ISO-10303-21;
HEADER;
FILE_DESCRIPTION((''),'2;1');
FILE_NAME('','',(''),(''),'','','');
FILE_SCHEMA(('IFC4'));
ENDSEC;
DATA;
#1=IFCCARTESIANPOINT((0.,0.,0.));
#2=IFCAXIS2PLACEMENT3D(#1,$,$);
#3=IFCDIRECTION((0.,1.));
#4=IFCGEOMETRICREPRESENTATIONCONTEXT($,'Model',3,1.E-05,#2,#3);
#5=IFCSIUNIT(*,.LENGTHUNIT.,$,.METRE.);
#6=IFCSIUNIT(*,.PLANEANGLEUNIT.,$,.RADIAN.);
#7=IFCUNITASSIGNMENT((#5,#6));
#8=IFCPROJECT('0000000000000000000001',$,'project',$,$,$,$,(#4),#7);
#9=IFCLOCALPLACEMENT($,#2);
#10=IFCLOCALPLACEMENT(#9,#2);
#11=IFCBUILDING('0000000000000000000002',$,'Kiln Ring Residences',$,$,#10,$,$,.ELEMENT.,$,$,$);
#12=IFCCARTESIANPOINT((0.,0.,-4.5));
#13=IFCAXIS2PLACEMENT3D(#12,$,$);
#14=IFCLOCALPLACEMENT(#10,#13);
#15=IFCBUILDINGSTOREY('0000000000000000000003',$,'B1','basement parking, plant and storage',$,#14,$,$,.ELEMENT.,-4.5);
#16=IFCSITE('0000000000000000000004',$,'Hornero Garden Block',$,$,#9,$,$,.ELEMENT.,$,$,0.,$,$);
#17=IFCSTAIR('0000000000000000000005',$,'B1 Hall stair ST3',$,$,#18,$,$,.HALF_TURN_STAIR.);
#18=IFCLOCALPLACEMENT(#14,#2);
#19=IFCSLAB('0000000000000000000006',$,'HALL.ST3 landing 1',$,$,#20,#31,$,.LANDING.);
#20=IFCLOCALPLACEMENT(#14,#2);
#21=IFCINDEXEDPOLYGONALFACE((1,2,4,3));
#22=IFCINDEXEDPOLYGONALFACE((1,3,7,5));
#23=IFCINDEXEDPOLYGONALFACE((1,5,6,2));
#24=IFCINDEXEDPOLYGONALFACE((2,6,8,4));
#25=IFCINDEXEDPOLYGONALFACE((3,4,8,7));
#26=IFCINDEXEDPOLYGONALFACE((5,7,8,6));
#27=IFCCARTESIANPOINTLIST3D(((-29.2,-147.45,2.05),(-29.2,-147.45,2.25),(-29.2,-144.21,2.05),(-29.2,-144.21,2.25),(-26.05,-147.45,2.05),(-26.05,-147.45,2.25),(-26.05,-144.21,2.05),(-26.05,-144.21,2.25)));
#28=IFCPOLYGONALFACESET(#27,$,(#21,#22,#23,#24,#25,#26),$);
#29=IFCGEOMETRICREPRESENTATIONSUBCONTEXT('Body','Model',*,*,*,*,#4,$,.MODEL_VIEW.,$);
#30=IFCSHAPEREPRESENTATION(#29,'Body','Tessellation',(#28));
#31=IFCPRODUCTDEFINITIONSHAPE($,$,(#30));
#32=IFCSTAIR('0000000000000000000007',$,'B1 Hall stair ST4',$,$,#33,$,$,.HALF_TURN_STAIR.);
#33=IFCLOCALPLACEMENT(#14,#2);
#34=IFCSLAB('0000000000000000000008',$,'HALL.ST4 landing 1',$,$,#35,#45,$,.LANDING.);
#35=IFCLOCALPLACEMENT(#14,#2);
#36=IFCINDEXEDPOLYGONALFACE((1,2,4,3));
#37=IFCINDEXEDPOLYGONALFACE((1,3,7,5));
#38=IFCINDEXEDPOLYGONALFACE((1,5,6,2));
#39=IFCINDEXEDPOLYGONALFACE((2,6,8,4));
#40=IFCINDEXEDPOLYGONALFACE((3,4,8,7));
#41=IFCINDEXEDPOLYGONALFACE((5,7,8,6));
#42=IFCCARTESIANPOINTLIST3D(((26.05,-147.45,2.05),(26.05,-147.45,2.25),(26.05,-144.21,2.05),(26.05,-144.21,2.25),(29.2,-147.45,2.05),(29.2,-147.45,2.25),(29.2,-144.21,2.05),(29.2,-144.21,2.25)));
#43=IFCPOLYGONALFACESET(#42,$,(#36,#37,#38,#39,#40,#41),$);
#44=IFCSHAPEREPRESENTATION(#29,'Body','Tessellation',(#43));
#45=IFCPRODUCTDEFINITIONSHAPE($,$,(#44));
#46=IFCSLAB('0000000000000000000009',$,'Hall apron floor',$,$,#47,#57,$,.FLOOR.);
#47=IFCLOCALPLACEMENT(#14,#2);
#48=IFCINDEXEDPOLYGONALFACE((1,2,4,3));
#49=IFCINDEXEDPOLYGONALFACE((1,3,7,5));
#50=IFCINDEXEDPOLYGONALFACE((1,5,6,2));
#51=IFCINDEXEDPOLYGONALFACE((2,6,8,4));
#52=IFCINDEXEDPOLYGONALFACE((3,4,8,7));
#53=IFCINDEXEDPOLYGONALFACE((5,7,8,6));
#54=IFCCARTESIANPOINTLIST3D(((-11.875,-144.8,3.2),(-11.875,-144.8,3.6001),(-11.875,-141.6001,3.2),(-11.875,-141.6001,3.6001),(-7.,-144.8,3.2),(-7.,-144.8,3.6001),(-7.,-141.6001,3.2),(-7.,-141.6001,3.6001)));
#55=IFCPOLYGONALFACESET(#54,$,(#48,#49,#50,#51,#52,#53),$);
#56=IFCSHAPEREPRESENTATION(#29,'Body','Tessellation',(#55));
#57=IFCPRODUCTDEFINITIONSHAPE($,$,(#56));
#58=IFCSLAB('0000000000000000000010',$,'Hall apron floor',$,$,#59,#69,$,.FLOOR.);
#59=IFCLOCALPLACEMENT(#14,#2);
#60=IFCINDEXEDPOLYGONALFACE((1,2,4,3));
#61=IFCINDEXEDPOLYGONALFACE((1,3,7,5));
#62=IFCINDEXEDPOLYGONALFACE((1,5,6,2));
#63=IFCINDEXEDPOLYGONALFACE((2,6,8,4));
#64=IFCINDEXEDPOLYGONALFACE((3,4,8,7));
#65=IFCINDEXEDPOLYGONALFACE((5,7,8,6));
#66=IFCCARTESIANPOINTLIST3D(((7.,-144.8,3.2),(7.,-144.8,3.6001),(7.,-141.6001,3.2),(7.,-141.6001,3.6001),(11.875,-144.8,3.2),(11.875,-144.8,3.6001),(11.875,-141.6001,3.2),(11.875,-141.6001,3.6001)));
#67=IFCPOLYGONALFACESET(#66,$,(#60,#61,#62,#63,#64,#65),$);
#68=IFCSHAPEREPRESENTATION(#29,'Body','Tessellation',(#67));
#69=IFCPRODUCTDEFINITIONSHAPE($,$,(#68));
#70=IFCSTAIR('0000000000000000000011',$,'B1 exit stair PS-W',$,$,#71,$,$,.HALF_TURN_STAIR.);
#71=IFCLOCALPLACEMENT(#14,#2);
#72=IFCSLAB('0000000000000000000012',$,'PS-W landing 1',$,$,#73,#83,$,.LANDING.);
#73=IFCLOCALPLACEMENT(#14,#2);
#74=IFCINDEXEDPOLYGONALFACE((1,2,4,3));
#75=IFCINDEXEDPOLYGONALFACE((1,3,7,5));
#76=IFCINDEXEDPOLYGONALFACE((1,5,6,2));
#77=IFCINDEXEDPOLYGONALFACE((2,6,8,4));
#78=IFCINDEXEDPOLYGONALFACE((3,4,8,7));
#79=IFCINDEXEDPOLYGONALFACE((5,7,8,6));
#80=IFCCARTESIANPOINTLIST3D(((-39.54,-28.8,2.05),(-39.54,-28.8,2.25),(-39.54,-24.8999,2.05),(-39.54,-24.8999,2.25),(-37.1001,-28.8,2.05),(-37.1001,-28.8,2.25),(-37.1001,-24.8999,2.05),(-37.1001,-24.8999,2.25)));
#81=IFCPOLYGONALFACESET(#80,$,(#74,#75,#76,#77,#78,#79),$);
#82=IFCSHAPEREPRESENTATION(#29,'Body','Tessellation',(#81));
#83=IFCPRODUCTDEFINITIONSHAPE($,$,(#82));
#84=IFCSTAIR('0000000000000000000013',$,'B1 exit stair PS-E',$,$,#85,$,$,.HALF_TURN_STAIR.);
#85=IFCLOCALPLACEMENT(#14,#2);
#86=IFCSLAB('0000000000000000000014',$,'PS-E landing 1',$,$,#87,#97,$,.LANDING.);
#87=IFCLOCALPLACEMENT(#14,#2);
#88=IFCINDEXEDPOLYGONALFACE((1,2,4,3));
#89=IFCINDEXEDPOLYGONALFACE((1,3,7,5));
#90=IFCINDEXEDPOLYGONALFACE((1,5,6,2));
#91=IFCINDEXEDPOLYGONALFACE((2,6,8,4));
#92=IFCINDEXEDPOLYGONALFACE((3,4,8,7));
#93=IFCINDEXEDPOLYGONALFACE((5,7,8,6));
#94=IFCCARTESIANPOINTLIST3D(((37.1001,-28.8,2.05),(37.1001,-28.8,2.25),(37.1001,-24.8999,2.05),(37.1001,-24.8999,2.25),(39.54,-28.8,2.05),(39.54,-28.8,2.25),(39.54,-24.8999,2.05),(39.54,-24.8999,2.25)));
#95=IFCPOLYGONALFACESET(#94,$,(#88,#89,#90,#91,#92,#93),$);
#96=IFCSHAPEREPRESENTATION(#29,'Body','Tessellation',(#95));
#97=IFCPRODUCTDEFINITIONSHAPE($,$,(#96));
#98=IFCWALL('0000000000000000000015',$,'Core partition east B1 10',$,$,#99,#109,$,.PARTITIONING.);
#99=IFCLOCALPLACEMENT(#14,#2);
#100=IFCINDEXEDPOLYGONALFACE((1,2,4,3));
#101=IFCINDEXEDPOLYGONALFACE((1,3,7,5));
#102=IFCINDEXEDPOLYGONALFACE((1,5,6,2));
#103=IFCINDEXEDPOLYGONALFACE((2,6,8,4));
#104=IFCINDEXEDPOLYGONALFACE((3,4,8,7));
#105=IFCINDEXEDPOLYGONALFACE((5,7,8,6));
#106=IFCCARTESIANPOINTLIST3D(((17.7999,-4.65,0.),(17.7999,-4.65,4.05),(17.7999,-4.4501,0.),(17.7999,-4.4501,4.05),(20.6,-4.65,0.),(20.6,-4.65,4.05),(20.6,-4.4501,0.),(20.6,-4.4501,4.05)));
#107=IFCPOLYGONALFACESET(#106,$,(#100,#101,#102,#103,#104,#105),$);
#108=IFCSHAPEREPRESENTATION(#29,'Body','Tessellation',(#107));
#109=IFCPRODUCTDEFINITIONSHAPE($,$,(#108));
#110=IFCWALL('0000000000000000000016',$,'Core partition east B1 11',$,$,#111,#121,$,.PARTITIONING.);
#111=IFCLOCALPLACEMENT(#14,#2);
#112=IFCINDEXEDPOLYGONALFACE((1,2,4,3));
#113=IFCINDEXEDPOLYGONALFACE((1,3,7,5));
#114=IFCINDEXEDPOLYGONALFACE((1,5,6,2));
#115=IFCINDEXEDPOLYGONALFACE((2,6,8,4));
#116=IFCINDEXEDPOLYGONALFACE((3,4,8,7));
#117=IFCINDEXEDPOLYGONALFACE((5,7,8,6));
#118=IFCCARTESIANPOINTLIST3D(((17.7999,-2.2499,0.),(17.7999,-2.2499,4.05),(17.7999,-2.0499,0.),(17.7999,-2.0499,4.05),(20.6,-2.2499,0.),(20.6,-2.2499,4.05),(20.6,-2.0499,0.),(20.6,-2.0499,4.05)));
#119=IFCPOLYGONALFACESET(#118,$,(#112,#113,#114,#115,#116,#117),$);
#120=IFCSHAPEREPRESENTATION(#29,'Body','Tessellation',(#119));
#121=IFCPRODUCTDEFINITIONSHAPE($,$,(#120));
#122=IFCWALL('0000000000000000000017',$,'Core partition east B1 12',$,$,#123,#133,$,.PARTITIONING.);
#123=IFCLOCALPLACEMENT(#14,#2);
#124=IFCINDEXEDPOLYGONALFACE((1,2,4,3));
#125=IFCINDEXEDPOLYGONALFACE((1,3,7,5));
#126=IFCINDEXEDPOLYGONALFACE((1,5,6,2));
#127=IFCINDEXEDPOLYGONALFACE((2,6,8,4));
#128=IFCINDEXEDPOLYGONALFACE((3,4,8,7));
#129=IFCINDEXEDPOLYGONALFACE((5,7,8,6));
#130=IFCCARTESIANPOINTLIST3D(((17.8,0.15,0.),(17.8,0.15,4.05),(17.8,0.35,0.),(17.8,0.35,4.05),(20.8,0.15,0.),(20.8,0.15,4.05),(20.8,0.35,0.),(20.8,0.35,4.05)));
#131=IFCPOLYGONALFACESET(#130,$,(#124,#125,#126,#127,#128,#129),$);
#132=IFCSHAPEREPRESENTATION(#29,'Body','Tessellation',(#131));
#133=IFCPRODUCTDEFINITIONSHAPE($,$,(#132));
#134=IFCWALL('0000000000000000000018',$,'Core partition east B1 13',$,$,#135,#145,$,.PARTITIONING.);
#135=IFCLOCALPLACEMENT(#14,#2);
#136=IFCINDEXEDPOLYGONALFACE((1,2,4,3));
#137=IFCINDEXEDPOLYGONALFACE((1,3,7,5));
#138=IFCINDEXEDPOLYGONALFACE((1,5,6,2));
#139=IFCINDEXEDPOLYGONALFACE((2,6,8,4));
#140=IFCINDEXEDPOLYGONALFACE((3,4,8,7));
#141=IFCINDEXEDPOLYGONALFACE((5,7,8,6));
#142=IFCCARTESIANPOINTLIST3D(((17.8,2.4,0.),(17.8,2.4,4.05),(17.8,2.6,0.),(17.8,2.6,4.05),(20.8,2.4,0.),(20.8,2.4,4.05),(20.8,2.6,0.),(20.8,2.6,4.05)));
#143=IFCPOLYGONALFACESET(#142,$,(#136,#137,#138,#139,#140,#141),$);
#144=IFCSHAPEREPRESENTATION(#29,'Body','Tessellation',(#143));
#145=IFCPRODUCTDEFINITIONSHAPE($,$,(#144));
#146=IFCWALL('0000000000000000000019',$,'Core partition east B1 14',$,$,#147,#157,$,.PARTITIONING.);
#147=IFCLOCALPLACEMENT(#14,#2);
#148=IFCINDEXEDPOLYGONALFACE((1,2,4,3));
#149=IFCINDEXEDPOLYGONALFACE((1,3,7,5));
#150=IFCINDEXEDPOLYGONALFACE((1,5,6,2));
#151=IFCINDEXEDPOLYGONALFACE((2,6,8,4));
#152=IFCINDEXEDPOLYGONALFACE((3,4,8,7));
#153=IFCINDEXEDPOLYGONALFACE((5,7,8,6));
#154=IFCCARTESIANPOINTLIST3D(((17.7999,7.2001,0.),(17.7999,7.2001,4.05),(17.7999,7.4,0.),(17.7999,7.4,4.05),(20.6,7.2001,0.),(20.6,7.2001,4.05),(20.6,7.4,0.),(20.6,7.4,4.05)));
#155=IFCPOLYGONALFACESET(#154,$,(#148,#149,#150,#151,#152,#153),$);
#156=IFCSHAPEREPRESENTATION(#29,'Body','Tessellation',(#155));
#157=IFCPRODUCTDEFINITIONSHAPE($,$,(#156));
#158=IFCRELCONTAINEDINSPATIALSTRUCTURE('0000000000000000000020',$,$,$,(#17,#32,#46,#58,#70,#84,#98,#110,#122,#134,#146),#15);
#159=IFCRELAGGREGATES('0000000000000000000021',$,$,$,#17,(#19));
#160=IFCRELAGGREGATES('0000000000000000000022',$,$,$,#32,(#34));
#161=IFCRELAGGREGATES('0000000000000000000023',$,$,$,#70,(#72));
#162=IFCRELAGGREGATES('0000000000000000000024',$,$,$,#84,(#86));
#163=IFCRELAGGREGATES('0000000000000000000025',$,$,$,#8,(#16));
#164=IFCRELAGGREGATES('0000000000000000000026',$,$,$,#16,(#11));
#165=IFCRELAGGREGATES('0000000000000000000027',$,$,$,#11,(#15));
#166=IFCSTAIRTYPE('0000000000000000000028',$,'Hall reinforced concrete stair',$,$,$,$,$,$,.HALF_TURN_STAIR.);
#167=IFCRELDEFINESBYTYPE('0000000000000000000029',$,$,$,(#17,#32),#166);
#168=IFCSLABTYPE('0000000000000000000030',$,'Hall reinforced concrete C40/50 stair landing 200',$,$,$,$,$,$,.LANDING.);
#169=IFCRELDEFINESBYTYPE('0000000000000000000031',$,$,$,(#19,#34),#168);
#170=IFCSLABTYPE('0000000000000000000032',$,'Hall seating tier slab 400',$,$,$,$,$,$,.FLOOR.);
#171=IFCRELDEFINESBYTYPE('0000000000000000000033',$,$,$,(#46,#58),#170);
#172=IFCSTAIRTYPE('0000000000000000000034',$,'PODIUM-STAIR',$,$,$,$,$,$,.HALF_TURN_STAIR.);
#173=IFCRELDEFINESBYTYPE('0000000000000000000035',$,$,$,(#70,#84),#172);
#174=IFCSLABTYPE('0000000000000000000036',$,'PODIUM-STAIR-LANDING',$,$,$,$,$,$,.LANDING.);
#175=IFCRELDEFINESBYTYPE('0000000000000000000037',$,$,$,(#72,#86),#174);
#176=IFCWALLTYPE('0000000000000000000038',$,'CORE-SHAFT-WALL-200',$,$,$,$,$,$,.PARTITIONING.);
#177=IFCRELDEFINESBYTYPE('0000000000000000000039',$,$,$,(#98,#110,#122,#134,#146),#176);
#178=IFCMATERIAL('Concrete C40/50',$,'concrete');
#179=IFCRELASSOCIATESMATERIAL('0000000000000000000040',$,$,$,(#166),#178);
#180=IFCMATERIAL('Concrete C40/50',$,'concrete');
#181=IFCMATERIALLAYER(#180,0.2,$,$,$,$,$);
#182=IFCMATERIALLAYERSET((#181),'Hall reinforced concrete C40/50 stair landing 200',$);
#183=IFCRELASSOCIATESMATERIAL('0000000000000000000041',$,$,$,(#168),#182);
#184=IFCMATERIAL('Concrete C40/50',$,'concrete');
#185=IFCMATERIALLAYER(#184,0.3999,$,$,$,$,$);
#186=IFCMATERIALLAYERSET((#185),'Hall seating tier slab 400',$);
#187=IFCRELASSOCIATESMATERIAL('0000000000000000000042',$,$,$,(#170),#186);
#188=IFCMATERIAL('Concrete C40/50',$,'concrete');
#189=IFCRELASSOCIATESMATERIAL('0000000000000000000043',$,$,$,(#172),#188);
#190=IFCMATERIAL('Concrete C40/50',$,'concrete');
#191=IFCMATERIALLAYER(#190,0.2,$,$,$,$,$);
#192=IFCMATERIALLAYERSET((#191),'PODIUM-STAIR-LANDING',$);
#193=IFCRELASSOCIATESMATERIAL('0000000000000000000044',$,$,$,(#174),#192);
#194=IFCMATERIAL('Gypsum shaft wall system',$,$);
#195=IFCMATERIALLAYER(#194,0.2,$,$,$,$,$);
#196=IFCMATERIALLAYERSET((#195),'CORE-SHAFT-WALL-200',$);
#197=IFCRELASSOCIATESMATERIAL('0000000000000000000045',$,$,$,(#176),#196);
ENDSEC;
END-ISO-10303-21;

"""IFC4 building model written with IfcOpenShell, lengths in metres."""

from ifc_helpers import new_model, si_unit, direction, frame, frame_2d, origin, place, context, subcontext, project, spatial, polyline, rectangle, outline, extrude, material, layer, layer_set, type_object, element, aggregate, save


model = new_model("IFC4")

# Units and contexts
model_context = context("Model", 3, precision=1e-05, world=origin(), true_north=direction((0.0, 1.0)))
body_context = subcontext(model_context, "Body", "Model", "MODEL_VIEW")
ifc_project = project(units=[si_unit("LENGTHUNIT", "METRE"), si_unit("PLANEANGLEUNIT", "RADIAN")], contexts=[model_context])

# Site, building, storey
site_placement = place(None, origin())
site = spatial("IfcSite", under=ifc_project, at=site_placement, Name="Hornero Garden Block", CompositionType="ELEMENT", RefElevation=0.0)
building_placement = place(site_placement, origin())
building = spatial("IfcBuilding", under=site, at=building_placement, Name="Kiln Ring Residences", CompositionType="ELEMENT")
storey_placement = place(building_placement, frame((0.0, 0.0, -4.5)))
storey = spatial("IfcBuildingStorey", under=building, at=storey_placement, Name="B1", Description="basement parking, plant and storage", CompositionType="ELEMENT", Elevation=-4.5)

# Stairs, slabs
placement_1 = place(storey_placement, origin())
placement_2 = place(storey_placement, frame((0.0, 0.0, 2.05)))
ifc_material_1 = material(Name="Concrete C40/50", Category="concrete")
stair_type_1 = type_object("IfcStairType", Name="Hall reinforced concrete stair", PredefinedType="HALF_TURN_STAIR", material=ifc_material_1)
ifc_material_2 = material(Name="Concrete C40/50", Category="concrete")
ifc_layer_1 = layer(ifc_material_2, 0.2)
ifc_layer_set_1 = layer_set([ifc_layer_1], Name="Hall reinforced concrete C40/50 stair landing 200")
slab_type_1 = type_object("IfcSlabType", Name="Hall reinforced concrete C40/50 stair landing 200", PredefinedType="LANDING", material=ifc_layer_set_1)
stair_1 = element("IfcStair", 1, at=placement_1, inside=storey, type_object=stair_type_1, Name="B1 Hall stair ST3", PredefinedType="HALF_TURN_STAIR")
slab_1 = element("IfcSlab", 2, at=placement_2, type_object=slab_type_1, Name="HALL.ST3 landing 1", PredefinedType="LANDING", context=body_context, shape_type="SweptSolid", body=[
    extrude(outline(polyline([(-29.2, -144.21), (-29.2, -147.45), (-26.05, -147.45), (-26.05, -144.21), (-29.2, -144.21)])), origin(), (0.0, 0.0, 1.0), 0.2),
])
aggregate(stair_1, [slab_1])
stair_2 = element("IfcStair", 3, at=placement_1, inside=storey, type_object=stair_type_1, Name="B1 Hall stair ST4", PredefinedType="HALF_TURN_STAIR")
slab_2 = element("IfcSlab", 4, at=placement_2, type_object=slab_type_1, Name="HALL.ST4 landing 1", PredefinedType="LANDING", context=body_context, shape_type="SweptSolid", body=[
    extrude(outline(polyline([(26.05, -144.21), (26.05, -147.45), (29.2, -147.45), (29.2, -144.21), (26.05, -144.21)])), origin(), (0.0, 0.0, 1.0), 0.2),
])
aggregate(stair_2, [slab_2])

# Slabs
ifc_material_3 = material(Name="Concrete C40/50", Category="concrete")
ifc_layer_2 = layer(ifc_material_3, 0.3999)
ifc_layer_set_2 = layer_set([ifc_layer_2], Name="Hall seating tier slab 400")
slab_type_2 = type_object("IfcSlabType", Name="Hall seating tier slab 400", PredefinedType="FLOOR", material=ifc_layer_set_2)
placement_3 = place(storey_placement, frame((0.0, 0.0, 3.2)))
element("IfcSlab", 5, at=placement_3, inside=storey, type_object=slab_type_2, Name="Hall apron floor", PredefinedType="FLOOR", context=body_context, shape_type="SweptSolid", body=[
    extrude(outline(polyline([(-11.875, -144.8), (-7.0, -144.8), (-7.0, -141.6001), (-11.875, -141.6001), (-11.875, -144.8)])), origin(), (0.0, 0.0, 1.0), 0.4001),
])
element("IfcSlab", 6, at=placement_3, inside=storey, type_object=slab_type_2, Name="Hall apron floor", PredefinedType="FLOOR", context=body_context, shape_type="SweptSolid", body=[
    extrude(outline(polyline([(7.0, -144.8), (11.875, -144.8), (11.875, -141.6001), (7.0, -141.6001), (7.0, -144.8)])), origin(), (0.0, 0.0, 1.0), 0.4001),
])

# Stairs, slabs
ifc_material_4 = material(Name="Concrete C40/50", Category="concrete")
stair_type_2 = type_object("IfcStairType", Name="PODIUM-STAIR", PredefinedType="HALF_TURN_STAIR", material=ifc_material_4)
stair_3 = element("IfcStair", 7, at=placement_1, inside=storey, type_object=stair_type_2, Name="B1 exit stair PS-W", PredefinedType="HALF_TURN_STAIR")
ifc_material_5 = material(Name="Concrete C40/50", Category="concrete")
ifc_layer_3 = layer(ifc_material_5, 0.2)
ifc_layer_set_3 = layer_set([ifc_layer_3], Name="PODIUM-STAIR-LANDING")
slab_type_3 = type_object("IfcSlabType", Name="PODIUM-STAIR-LANDING", PredefinedType="LANDING", material=ifc_layer_set_3)
slab_3 = element("IfcSlab", 8, at=placement_2, type_object=slab_type_3, Name="PS-W landing 1", PredefinedType="LANDING", context=body_context, shape_type="SweptSolid", body=[
    extrude(outline(polyline([(-39.54, -28.8), (-37.1001, -28.8), (-37.1001, -24.8999), (-39.54, -24.8999), (-39.54, -28.8)])), origin(), (0.0, 0.0, 1.0), 0.2),
])
aggregate(stair_3, [slab_3])
stair_4 = element("IfcStair", 9, at=placement_1, inside=storey, type_object=stair_type_2, Name="B1 exit stair PS-E", PredefinedType="HALF_TURN_STAIR")
slab_4 = element("IfcSlab", 10, at=placement_2, type_object=slab_type_3, Name="PS-E landing 1", PredefinedType="LANDING", context=body_context, shape_type="SweptSolid", body=[
    extrude(outline(polyline([(39.54, -24.8999), (37.1001, -24.8999), (37.1001, -28.8), (39.54, -28.8), (39.54, -24.8999)])), origin(), (0.0, 0.0, 1.0), 0.2),
])
aggregate(stair_4, [slab_4])

# Walls
ifc_material_6 = material(Name="Gypsum shaft wall system")
ifc_layer_4 = layer(ifc_material_6, 0.2)
ifc_layer_set_4 = layer_set([ifc_layer_4], Name="CORE-SHAFT-WALL-200")
wall_type_1 = type_object("IfcWallType", Name="CORE-SHAFT-WALL-200", PredefinedType="PARTITIONING", material=ifc_layer_set_4)
for number, where, z_axis, x_axis, name in (
    (11, (17.8, -4.55, 0.0), (0.0, 0.0, 1.0), (1.0, 0.0, 0.0), "Core partition east B1 10"),
    (12, (17.8, -2.1499, 0.0), (0.0, 0.0, 1.0), (1.0, 0.0, 0.0), "Core partition east B1 11"),
):
    element("IfcWall", number, at=place(storey_placement, frame(where, z_axis=z_axis, x_axis=x_axis)), inside=storey, type_object=wall_type_1, Name=name, PredefinedType="PARTITIONING", context=body_context, shape_type="SweptSolid", body=[
        extrude(rectangle(XDim=2.8, YDim=0.2, at=frame_2d((1.3999, 0.0))), origin(), (0.0, 0.0, 1.0), 4.05),
    ])
for number, where, z_axis, x_axis, name in (
    (13, (17.8, 0.25, 0.0), (0.0, 0.0, 1.0), (1.0, 0.0, 0.0), "Core partition east B1 12"),
    (14, (17.8, 2.5, 0.0), (0.0, 0.0, 1.0), (1.0, 0.0, 0.0), "Core partition east B1 13"),
):
    element("IfcWall", number, at=place(storey_placement, frame(where, z_axis=z_axis, x_axis=x_axis)), inside=storey, type_object=wall_type_1, Name=name, PredefinedType="PARTITIONING", context=body_context, shape_type="SweptSolid", body=[
        extrude(rectangle(XDim=3.0, YDim=0.2, at=frame_2d((1.5, 0.0))), origin(), (0.0, 0.0, 1.0), 4.05),
    ])
wall_1_placement = place(storey_placement, frame((17.8, 7.3, 0.0), z_axis=(0.0, 0.0, 1.0), x_axis=(1.0, 0.0, 0.0)))
element("IfcWall", 15, at=wall_1_placement, inside=storey, type_object=wall_type_1, Name="Core partition east B1 14", PredefinedType="PARTITIONING", context=body_context, shape_type="SweptSolid", body=[
    extrude(rectangle(XDim=2.8, YDim=0.2, at=frame_2d((1.3999, 0.0))), origin(), (0.0, 0.0, 1.0), 4.05),
])

save(model, "model.ifc")
